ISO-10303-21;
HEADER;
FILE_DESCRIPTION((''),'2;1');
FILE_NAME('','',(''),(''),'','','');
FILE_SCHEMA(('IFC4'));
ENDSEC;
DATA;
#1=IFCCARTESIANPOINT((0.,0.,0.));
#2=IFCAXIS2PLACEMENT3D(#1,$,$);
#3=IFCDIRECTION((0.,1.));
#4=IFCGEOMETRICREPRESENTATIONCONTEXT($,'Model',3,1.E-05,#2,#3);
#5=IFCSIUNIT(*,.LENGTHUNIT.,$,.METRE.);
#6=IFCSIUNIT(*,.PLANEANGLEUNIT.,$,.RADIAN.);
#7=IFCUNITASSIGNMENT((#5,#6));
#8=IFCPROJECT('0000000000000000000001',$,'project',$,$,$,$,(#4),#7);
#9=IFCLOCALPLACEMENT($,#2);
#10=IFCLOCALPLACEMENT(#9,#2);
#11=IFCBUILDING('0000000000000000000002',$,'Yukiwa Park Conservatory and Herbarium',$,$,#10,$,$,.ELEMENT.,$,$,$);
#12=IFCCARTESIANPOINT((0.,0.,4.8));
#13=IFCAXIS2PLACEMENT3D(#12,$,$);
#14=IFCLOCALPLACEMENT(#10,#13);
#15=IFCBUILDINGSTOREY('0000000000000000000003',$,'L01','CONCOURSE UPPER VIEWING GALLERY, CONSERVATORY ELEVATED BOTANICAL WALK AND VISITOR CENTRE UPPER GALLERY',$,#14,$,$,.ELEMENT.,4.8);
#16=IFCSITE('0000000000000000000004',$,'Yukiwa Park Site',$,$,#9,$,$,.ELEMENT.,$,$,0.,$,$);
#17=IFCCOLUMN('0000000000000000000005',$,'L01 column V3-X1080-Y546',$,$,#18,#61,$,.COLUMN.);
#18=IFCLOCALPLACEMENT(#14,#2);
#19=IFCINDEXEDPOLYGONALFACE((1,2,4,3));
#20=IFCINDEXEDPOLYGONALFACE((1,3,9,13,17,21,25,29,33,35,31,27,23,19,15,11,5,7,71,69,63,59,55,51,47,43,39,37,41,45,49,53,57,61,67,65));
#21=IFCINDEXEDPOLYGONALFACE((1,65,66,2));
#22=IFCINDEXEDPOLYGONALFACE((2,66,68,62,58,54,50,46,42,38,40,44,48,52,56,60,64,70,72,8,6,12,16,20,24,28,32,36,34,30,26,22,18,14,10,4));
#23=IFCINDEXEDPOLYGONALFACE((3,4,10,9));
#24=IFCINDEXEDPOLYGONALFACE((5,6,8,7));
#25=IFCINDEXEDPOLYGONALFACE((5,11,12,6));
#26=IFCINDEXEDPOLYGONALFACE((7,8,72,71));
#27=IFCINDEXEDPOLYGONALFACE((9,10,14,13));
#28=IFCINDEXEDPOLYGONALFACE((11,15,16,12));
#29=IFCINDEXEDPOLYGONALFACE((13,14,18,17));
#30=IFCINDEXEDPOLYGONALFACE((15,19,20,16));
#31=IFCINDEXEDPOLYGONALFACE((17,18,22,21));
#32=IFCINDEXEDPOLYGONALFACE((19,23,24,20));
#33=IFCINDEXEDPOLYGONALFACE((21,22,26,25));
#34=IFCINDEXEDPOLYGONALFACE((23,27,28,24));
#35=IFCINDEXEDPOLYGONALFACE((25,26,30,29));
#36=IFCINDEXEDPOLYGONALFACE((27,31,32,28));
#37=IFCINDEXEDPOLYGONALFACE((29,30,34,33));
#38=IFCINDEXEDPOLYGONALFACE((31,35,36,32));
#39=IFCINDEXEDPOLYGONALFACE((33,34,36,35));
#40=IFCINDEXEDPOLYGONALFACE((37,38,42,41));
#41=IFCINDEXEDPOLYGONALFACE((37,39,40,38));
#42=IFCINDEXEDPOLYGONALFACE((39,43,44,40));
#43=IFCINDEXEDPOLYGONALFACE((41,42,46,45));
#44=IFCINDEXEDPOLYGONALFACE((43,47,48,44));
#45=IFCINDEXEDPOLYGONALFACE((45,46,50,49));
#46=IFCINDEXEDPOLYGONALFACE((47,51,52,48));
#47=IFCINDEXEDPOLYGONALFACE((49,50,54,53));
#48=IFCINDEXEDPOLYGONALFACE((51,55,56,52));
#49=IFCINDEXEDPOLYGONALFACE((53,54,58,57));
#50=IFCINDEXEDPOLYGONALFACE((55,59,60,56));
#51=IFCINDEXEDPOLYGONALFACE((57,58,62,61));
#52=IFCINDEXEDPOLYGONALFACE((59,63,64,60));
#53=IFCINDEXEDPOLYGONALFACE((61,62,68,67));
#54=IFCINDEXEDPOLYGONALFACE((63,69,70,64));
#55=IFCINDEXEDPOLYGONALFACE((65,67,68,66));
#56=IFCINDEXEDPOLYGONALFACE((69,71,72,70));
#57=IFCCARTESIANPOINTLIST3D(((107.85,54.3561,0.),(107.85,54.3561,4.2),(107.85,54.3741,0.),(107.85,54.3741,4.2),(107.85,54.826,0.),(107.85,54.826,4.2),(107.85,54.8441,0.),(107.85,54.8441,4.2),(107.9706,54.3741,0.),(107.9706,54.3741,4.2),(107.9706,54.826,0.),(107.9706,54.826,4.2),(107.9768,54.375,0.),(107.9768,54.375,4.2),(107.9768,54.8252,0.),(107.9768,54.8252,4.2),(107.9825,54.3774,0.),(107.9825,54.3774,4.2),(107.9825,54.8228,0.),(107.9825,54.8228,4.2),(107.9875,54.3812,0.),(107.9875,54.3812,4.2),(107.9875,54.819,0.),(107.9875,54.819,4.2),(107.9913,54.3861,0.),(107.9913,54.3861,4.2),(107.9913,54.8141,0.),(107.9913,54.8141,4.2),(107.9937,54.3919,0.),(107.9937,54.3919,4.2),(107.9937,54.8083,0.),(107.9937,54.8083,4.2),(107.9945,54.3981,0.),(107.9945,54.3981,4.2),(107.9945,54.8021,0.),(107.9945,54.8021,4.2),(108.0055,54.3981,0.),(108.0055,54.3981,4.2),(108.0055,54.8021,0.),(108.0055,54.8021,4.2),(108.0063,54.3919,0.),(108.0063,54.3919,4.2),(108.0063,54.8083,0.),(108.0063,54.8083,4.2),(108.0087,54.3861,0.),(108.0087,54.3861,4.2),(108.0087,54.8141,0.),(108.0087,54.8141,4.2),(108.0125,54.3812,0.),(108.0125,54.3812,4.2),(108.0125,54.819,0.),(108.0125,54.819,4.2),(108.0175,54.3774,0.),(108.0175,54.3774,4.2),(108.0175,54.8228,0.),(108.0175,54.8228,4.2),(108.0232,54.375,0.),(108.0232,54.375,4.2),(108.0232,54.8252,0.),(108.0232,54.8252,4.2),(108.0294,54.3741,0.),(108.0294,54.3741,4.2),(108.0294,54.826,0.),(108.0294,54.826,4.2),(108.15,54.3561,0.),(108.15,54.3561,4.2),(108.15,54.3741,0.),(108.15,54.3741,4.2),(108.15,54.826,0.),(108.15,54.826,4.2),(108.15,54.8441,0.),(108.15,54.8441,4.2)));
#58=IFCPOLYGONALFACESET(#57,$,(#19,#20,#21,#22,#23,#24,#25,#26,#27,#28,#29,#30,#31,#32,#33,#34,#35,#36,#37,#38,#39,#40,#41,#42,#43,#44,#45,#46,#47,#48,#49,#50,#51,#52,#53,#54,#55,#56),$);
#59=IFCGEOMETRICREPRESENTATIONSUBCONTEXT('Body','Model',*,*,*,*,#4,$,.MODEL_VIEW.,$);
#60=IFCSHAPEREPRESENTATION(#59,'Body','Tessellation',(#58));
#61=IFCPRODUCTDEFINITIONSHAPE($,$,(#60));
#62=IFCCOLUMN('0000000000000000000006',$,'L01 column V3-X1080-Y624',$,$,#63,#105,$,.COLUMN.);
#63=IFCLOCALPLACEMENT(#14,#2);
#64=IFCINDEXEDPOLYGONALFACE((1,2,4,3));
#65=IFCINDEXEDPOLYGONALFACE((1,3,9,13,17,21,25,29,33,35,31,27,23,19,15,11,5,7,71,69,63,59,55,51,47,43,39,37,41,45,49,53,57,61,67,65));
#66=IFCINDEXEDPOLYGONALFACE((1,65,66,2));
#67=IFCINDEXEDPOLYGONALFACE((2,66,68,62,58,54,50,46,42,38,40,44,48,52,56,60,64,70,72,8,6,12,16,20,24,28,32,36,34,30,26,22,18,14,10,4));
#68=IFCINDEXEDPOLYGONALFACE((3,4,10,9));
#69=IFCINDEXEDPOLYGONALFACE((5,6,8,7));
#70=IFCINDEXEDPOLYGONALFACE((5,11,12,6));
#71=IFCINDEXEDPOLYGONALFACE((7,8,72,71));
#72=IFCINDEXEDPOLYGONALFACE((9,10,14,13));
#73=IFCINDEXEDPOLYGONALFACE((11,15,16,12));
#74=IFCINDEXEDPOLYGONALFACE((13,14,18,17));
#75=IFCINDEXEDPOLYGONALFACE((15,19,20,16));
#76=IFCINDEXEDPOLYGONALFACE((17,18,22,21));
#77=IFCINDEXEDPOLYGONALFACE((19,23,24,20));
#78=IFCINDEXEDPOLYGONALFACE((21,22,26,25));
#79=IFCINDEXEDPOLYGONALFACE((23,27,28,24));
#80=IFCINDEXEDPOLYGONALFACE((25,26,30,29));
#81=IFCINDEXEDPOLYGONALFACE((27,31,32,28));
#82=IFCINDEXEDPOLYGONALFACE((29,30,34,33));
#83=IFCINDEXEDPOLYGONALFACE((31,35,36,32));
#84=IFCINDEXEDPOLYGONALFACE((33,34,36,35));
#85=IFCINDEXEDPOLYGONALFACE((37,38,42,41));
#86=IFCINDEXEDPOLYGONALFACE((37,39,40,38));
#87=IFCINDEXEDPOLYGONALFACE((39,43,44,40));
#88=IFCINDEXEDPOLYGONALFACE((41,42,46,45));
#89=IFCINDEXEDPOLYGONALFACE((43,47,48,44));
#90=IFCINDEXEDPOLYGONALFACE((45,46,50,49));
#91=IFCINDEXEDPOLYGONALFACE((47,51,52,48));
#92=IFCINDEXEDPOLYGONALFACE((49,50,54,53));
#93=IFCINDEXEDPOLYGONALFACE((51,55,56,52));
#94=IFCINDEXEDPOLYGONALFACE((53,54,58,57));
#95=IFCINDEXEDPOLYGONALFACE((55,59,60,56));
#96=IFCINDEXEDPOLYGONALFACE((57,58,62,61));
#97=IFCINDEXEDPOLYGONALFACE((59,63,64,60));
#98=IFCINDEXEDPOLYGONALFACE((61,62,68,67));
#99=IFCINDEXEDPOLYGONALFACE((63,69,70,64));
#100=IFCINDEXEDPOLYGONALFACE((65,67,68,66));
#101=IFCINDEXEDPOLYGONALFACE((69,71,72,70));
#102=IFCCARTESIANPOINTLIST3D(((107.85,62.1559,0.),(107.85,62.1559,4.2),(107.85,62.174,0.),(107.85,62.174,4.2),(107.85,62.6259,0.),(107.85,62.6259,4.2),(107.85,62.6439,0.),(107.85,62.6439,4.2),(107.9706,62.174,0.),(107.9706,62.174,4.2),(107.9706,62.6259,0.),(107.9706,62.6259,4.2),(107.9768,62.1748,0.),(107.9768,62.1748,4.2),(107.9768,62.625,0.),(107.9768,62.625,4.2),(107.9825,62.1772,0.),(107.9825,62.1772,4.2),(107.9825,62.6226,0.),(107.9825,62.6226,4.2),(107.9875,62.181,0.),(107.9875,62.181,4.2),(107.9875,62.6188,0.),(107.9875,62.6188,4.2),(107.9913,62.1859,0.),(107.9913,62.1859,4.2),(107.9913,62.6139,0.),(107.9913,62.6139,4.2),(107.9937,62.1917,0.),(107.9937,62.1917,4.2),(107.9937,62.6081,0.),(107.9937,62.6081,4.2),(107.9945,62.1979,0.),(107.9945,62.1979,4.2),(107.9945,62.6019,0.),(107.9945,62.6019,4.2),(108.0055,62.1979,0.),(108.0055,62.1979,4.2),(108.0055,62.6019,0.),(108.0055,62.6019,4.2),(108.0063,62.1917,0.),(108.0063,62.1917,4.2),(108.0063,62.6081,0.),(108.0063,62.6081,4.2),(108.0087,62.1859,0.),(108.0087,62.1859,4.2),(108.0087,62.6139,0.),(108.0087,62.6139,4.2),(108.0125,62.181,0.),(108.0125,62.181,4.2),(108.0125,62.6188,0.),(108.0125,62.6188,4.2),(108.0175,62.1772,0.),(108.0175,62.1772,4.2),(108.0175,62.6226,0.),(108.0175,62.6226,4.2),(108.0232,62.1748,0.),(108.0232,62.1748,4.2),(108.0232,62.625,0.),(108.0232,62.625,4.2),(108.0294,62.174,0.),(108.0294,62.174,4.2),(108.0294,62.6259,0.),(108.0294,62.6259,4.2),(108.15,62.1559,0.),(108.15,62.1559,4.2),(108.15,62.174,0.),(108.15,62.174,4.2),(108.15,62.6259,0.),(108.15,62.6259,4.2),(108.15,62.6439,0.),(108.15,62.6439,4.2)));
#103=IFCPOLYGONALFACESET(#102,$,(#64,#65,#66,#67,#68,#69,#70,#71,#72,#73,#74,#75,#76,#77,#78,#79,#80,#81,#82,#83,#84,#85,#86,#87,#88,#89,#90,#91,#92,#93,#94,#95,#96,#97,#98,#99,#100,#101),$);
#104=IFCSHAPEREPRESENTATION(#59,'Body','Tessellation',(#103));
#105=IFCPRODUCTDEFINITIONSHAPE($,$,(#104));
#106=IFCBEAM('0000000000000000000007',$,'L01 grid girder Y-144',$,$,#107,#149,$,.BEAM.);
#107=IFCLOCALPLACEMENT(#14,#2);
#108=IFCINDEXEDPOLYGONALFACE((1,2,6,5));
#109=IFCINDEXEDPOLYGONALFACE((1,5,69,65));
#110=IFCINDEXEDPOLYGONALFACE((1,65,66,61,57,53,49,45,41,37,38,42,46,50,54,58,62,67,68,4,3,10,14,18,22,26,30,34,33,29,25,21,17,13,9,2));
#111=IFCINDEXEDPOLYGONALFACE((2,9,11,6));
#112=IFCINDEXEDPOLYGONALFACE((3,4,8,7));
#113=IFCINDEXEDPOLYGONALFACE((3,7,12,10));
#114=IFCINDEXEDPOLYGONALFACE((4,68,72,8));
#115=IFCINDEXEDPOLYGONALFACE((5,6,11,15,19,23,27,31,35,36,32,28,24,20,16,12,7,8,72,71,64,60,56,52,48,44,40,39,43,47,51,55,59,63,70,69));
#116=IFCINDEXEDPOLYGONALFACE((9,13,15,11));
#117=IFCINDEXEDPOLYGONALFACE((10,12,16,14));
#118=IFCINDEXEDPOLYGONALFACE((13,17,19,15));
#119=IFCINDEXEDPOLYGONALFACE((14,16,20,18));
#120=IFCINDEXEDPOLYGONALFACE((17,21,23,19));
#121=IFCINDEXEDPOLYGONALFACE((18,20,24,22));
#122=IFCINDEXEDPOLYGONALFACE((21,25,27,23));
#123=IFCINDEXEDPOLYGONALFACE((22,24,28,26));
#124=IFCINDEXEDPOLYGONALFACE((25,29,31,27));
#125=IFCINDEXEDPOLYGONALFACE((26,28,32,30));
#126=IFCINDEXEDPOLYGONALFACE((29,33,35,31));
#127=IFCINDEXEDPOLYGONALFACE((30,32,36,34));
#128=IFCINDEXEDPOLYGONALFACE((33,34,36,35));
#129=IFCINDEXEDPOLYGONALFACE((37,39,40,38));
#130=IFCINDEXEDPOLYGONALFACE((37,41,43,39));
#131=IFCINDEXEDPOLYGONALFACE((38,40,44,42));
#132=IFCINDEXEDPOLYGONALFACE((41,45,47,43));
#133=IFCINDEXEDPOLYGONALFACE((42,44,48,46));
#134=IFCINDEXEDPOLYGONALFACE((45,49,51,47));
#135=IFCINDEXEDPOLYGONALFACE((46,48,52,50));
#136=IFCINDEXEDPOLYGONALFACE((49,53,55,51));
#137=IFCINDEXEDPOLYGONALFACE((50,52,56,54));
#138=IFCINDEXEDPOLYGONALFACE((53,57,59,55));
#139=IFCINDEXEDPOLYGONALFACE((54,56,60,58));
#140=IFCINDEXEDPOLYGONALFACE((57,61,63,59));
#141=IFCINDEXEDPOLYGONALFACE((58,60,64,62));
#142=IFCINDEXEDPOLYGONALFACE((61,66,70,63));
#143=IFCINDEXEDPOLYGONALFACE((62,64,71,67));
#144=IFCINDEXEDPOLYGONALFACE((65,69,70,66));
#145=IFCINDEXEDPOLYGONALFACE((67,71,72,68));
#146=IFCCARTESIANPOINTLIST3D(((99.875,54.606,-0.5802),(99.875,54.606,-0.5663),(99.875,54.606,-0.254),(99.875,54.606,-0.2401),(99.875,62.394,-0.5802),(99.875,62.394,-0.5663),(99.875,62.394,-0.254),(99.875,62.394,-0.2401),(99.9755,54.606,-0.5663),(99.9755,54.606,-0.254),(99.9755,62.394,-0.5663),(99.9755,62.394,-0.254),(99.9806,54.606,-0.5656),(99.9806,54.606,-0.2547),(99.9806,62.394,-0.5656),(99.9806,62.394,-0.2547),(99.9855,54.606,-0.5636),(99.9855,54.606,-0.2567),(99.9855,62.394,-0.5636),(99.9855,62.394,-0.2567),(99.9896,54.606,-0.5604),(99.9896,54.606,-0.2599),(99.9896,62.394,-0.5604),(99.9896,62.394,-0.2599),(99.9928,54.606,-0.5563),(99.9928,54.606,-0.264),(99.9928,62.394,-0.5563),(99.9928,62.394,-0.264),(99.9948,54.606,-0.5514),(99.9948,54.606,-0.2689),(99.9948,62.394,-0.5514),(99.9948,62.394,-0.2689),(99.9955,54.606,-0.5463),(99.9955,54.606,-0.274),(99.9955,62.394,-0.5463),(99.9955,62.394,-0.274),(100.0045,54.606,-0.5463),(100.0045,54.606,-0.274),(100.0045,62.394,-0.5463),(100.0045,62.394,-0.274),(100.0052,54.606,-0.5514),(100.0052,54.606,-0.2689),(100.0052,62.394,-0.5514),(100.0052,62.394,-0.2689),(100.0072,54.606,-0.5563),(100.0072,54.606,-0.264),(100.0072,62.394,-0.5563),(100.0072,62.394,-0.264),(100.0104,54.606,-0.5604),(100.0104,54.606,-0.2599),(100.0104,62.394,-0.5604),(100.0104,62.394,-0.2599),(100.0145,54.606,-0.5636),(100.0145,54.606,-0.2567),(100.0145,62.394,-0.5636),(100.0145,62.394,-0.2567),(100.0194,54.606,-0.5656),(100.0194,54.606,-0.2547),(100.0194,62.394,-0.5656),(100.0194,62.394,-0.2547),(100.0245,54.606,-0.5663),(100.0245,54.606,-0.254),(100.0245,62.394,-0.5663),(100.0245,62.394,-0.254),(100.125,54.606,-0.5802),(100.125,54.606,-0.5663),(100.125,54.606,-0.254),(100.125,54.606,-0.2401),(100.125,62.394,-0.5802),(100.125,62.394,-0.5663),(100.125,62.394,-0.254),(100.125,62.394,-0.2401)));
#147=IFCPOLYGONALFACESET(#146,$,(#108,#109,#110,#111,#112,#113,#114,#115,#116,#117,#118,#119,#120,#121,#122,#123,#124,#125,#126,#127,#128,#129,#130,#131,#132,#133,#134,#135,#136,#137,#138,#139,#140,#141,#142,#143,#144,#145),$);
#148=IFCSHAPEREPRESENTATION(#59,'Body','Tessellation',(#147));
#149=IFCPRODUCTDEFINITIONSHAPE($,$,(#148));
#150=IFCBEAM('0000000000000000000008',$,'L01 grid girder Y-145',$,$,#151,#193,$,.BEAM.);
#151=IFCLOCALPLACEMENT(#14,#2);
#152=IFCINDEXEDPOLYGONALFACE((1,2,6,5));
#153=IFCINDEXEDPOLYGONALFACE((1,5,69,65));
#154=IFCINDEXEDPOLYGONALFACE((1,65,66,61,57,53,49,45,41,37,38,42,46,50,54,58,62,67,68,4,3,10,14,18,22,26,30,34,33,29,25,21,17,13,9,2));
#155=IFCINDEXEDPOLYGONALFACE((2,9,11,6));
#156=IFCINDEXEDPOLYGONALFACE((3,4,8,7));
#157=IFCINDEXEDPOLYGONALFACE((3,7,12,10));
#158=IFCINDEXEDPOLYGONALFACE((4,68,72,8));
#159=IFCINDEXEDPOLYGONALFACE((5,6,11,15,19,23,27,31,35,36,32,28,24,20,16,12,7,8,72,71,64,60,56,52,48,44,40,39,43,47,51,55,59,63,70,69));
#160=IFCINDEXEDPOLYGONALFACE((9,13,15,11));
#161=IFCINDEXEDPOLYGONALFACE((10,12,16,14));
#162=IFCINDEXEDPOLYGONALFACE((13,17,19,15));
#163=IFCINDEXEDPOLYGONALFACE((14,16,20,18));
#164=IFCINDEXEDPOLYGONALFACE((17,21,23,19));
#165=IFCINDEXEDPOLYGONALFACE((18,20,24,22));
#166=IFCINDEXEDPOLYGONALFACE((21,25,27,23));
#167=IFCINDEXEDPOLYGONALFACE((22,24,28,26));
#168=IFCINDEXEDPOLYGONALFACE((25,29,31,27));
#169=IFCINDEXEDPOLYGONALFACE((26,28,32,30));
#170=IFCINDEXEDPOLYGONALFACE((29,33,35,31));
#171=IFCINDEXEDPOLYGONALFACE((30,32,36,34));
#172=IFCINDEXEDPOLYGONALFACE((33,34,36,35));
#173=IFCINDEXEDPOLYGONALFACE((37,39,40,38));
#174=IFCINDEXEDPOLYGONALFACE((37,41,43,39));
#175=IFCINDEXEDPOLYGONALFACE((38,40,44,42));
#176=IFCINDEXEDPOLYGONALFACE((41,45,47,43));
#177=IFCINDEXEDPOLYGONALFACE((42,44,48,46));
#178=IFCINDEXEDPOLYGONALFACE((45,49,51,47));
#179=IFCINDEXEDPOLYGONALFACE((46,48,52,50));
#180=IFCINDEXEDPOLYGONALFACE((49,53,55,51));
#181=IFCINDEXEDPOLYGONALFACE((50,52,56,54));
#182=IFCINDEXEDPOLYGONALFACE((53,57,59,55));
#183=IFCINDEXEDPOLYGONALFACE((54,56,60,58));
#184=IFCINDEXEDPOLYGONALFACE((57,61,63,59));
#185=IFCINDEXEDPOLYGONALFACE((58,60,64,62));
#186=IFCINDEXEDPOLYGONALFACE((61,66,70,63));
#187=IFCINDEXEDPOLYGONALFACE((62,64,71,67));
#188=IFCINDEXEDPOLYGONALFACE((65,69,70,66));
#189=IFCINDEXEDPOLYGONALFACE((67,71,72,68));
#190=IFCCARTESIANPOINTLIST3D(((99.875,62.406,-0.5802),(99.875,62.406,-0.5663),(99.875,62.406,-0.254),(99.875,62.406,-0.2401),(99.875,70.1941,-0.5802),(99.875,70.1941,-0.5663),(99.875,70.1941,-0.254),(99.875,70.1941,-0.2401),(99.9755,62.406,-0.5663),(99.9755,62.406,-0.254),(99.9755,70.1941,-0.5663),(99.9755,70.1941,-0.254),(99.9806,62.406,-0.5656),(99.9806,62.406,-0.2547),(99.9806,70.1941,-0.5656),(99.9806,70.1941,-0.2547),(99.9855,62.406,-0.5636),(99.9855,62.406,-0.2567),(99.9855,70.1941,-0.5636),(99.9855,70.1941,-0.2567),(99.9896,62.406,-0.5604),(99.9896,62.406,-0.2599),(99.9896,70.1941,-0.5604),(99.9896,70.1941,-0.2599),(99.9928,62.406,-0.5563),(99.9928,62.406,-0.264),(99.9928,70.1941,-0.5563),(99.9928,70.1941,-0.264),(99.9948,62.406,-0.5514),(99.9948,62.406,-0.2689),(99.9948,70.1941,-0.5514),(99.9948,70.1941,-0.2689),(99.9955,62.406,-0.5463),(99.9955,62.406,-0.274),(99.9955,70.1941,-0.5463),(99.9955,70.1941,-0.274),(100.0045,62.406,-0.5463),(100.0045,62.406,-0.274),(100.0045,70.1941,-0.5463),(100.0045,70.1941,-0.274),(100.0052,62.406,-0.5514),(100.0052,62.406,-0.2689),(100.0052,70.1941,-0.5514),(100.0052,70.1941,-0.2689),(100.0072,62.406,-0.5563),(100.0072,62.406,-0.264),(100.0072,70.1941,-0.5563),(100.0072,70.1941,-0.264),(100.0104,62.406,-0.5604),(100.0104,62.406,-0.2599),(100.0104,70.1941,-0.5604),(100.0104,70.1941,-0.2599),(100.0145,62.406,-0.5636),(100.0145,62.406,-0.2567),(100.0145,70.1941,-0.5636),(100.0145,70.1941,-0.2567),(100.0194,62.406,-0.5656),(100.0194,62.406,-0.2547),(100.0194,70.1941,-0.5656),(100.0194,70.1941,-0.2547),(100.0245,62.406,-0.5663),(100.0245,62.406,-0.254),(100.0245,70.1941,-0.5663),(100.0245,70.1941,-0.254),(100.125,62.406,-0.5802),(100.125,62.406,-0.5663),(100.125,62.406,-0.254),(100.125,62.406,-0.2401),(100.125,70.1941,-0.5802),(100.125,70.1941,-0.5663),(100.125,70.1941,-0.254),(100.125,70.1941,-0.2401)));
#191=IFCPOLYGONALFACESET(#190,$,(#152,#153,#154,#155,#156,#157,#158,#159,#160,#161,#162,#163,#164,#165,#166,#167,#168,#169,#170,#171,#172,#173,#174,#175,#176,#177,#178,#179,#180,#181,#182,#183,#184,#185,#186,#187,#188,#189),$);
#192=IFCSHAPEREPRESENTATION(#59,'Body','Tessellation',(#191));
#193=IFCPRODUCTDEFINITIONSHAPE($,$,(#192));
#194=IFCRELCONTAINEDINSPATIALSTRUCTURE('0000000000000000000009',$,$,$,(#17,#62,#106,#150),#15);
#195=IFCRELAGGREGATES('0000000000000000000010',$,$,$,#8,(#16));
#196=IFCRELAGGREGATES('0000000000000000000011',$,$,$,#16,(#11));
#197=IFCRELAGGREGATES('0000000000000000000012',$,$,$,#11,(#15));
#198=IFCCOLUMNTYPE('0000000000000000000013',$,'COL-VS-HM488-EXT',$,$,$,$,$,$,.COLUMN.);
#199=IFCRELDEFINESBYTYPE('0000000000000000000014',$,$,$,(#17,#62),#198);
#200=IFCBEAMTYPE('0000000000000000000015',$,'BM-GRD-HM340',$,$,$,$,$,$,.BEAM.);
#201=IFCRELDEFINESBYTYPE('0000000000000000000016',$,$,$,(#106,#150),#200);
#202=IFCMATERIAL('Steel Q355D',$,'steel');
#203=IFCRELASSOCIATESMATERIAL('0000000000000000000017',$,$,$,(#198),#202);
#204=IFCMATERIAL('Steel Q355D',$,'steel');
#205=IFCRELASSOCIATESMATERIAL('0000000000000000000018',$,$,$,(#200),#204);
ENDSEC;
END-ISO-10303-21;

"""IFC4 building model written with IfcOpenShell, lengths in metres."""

from ifc_helpers import new_model, si_unit, direction, frame, origin, origin_2d, place, context, subcontext, project, spatial, i_section, extrude, material, material_profile, profile_set, type_object, element, save


model = new_model("IFC4")

# Units and contexts
model_context = context("Model", 3, precision=1e-05, world=origin(), true_north=direction((0.0, 1.0)))
body_context = subcontext(model_context, "Body", "Model", "MODEL_VIEW")
ifc_project = project(units=[si_unit("LENGTHUNIT", "METRE"), si_unit("PLANEANGLEUNIT", "RADIAN")], contexts=[model_context])

# Site, building, storey
site_placement = place(None, origin())
site = spatial("IfcSite", under=ifc_project, at=site_placement, Name="Yukiwa Park Site", CompositionType="ELEMENT", RefElevation=0.0)
building_placement = place(site_placement, origin())
building = spatial("IfcBuilding", under=site, at=building_placement, Name="Yukiwa Park Conservatory and Herbarium", CompositionType="ELEMENT")
storey_placement = place(building_placement, frame((0.0, 0.0, 4.8)))
storey = spatial("IfcBuildingStorey", under=building, at=storey_placement, Name="L01", Description="CONCOURSE UPPER VIEWING GALLERY, CONSERVATORY ELEVATED BOTANICAL WALK AND VISITOR CENTRE UPPER GALLERY", CompositionType="ELEMENT", Elevation=4.8)

# Columns
ifc_material_1 = material(Name="Steel Q355D", Category="steel")
ifc_material_profile_1 = material_profile(ifc_material_1, i_section(OverallWidth=0.3, OverallDepth=0.488, WebThickness=0.011, FlangeThickness=0.0181, FilletRadius=0.0239, at=origin_2d()), Name="HM 488x300x11x18")
ifc_profile_set_1 = profile_set([ifc_material_profile_1], Name="Steel Q355D")
column_type_1 = type_object("IfcColumnType", Name="COL-VS-HM488-EXT", PredefinedType="COLUMN", material=ifc_profile_set_1)
for number, where, z_axis, x_axis, name in (
    (1, (108.0, 54.6001, 0.0), (0.0, 0.0, 1.0), (1.0, 0.0, 0.0), "L01 column V3-X1080-Y546"),
    (2, (108.0, 62.3999, 0.0), (0.0, 0.0, 1.0), (1.0, 0.0, 0.0), "L01 column V3-X1080-Y624"),
):
    element("IfcColumn", number, at=place(storey_placement, frame(where, z_axis=z_axis, x_axis=x_axis)), inside=storey, type_object=column_type_1, Name=name, PredefinedType="COLUMN", context=body_context, shape_type="SweptSolid", body=[
        extrude(i_section(OverallWidth=0.3, OverallDepth=0.488, WebThickness=0.011, FlangeThickness=0.0181, FilletRadius=0.0239, at=origin_2d()), origin(), (0.0, 0.0, 1.0), 4.2),
    ])

# Beams
ifc_material_2 = material(Name="Steel Q355D", Category="steel")
ifc_material_profile_2 = material_profile(ifc_material_2, i_section(OverallWidth=0.25, OverallDepth=0.3401, WebThickness=0.009, FlangeThickness=0.0139, FilletRadius=0.02, at=origin_2d()), Name="HM 340x250x9x14")
ifc_profile_set_2 = profile_set([ifc_material_profile_2], Name="Steel Q355D")
beam_type_1 = type_object("IfcBeamType", Name="BM-GRD-HM340", PredefinedType="BEAM", material=ifc_profile_set_2)
for number, where, z_axis, x_axis, name in (
    (3, (100.0, 54.606, -0.4102), (0.0, 1.0, 0.0), (-1.0, 0.0, 0.0), "L01 grid girder Y-144"),
    (4, (100.0, 62.406, -0.4102), (0.0, 1.0, 0.0), (-1.0, 0.0, 0.0), "L01 grid girder Y-145"),
):
    element("IfcBeam", number, at=place(storey_placement, frame(where, z_axis=z_axis, x_axis=x_axis)), inside=storey, type_object=beam_type_1, Name=name, PredefinedType="BEAM", context=body_context, shape_type="SweptSolid", body=[
        extrude(i_section(OverallWidth=0.25, OverallDepth=0.3401, WebThickness=0.009, FlangeThickness=0.0139, FilletRadius=0.02, at=origin_2d()), origin(), (0.0, 0.0, 1.0), 7.7881),
    ])

save(model, "model.ifc")
